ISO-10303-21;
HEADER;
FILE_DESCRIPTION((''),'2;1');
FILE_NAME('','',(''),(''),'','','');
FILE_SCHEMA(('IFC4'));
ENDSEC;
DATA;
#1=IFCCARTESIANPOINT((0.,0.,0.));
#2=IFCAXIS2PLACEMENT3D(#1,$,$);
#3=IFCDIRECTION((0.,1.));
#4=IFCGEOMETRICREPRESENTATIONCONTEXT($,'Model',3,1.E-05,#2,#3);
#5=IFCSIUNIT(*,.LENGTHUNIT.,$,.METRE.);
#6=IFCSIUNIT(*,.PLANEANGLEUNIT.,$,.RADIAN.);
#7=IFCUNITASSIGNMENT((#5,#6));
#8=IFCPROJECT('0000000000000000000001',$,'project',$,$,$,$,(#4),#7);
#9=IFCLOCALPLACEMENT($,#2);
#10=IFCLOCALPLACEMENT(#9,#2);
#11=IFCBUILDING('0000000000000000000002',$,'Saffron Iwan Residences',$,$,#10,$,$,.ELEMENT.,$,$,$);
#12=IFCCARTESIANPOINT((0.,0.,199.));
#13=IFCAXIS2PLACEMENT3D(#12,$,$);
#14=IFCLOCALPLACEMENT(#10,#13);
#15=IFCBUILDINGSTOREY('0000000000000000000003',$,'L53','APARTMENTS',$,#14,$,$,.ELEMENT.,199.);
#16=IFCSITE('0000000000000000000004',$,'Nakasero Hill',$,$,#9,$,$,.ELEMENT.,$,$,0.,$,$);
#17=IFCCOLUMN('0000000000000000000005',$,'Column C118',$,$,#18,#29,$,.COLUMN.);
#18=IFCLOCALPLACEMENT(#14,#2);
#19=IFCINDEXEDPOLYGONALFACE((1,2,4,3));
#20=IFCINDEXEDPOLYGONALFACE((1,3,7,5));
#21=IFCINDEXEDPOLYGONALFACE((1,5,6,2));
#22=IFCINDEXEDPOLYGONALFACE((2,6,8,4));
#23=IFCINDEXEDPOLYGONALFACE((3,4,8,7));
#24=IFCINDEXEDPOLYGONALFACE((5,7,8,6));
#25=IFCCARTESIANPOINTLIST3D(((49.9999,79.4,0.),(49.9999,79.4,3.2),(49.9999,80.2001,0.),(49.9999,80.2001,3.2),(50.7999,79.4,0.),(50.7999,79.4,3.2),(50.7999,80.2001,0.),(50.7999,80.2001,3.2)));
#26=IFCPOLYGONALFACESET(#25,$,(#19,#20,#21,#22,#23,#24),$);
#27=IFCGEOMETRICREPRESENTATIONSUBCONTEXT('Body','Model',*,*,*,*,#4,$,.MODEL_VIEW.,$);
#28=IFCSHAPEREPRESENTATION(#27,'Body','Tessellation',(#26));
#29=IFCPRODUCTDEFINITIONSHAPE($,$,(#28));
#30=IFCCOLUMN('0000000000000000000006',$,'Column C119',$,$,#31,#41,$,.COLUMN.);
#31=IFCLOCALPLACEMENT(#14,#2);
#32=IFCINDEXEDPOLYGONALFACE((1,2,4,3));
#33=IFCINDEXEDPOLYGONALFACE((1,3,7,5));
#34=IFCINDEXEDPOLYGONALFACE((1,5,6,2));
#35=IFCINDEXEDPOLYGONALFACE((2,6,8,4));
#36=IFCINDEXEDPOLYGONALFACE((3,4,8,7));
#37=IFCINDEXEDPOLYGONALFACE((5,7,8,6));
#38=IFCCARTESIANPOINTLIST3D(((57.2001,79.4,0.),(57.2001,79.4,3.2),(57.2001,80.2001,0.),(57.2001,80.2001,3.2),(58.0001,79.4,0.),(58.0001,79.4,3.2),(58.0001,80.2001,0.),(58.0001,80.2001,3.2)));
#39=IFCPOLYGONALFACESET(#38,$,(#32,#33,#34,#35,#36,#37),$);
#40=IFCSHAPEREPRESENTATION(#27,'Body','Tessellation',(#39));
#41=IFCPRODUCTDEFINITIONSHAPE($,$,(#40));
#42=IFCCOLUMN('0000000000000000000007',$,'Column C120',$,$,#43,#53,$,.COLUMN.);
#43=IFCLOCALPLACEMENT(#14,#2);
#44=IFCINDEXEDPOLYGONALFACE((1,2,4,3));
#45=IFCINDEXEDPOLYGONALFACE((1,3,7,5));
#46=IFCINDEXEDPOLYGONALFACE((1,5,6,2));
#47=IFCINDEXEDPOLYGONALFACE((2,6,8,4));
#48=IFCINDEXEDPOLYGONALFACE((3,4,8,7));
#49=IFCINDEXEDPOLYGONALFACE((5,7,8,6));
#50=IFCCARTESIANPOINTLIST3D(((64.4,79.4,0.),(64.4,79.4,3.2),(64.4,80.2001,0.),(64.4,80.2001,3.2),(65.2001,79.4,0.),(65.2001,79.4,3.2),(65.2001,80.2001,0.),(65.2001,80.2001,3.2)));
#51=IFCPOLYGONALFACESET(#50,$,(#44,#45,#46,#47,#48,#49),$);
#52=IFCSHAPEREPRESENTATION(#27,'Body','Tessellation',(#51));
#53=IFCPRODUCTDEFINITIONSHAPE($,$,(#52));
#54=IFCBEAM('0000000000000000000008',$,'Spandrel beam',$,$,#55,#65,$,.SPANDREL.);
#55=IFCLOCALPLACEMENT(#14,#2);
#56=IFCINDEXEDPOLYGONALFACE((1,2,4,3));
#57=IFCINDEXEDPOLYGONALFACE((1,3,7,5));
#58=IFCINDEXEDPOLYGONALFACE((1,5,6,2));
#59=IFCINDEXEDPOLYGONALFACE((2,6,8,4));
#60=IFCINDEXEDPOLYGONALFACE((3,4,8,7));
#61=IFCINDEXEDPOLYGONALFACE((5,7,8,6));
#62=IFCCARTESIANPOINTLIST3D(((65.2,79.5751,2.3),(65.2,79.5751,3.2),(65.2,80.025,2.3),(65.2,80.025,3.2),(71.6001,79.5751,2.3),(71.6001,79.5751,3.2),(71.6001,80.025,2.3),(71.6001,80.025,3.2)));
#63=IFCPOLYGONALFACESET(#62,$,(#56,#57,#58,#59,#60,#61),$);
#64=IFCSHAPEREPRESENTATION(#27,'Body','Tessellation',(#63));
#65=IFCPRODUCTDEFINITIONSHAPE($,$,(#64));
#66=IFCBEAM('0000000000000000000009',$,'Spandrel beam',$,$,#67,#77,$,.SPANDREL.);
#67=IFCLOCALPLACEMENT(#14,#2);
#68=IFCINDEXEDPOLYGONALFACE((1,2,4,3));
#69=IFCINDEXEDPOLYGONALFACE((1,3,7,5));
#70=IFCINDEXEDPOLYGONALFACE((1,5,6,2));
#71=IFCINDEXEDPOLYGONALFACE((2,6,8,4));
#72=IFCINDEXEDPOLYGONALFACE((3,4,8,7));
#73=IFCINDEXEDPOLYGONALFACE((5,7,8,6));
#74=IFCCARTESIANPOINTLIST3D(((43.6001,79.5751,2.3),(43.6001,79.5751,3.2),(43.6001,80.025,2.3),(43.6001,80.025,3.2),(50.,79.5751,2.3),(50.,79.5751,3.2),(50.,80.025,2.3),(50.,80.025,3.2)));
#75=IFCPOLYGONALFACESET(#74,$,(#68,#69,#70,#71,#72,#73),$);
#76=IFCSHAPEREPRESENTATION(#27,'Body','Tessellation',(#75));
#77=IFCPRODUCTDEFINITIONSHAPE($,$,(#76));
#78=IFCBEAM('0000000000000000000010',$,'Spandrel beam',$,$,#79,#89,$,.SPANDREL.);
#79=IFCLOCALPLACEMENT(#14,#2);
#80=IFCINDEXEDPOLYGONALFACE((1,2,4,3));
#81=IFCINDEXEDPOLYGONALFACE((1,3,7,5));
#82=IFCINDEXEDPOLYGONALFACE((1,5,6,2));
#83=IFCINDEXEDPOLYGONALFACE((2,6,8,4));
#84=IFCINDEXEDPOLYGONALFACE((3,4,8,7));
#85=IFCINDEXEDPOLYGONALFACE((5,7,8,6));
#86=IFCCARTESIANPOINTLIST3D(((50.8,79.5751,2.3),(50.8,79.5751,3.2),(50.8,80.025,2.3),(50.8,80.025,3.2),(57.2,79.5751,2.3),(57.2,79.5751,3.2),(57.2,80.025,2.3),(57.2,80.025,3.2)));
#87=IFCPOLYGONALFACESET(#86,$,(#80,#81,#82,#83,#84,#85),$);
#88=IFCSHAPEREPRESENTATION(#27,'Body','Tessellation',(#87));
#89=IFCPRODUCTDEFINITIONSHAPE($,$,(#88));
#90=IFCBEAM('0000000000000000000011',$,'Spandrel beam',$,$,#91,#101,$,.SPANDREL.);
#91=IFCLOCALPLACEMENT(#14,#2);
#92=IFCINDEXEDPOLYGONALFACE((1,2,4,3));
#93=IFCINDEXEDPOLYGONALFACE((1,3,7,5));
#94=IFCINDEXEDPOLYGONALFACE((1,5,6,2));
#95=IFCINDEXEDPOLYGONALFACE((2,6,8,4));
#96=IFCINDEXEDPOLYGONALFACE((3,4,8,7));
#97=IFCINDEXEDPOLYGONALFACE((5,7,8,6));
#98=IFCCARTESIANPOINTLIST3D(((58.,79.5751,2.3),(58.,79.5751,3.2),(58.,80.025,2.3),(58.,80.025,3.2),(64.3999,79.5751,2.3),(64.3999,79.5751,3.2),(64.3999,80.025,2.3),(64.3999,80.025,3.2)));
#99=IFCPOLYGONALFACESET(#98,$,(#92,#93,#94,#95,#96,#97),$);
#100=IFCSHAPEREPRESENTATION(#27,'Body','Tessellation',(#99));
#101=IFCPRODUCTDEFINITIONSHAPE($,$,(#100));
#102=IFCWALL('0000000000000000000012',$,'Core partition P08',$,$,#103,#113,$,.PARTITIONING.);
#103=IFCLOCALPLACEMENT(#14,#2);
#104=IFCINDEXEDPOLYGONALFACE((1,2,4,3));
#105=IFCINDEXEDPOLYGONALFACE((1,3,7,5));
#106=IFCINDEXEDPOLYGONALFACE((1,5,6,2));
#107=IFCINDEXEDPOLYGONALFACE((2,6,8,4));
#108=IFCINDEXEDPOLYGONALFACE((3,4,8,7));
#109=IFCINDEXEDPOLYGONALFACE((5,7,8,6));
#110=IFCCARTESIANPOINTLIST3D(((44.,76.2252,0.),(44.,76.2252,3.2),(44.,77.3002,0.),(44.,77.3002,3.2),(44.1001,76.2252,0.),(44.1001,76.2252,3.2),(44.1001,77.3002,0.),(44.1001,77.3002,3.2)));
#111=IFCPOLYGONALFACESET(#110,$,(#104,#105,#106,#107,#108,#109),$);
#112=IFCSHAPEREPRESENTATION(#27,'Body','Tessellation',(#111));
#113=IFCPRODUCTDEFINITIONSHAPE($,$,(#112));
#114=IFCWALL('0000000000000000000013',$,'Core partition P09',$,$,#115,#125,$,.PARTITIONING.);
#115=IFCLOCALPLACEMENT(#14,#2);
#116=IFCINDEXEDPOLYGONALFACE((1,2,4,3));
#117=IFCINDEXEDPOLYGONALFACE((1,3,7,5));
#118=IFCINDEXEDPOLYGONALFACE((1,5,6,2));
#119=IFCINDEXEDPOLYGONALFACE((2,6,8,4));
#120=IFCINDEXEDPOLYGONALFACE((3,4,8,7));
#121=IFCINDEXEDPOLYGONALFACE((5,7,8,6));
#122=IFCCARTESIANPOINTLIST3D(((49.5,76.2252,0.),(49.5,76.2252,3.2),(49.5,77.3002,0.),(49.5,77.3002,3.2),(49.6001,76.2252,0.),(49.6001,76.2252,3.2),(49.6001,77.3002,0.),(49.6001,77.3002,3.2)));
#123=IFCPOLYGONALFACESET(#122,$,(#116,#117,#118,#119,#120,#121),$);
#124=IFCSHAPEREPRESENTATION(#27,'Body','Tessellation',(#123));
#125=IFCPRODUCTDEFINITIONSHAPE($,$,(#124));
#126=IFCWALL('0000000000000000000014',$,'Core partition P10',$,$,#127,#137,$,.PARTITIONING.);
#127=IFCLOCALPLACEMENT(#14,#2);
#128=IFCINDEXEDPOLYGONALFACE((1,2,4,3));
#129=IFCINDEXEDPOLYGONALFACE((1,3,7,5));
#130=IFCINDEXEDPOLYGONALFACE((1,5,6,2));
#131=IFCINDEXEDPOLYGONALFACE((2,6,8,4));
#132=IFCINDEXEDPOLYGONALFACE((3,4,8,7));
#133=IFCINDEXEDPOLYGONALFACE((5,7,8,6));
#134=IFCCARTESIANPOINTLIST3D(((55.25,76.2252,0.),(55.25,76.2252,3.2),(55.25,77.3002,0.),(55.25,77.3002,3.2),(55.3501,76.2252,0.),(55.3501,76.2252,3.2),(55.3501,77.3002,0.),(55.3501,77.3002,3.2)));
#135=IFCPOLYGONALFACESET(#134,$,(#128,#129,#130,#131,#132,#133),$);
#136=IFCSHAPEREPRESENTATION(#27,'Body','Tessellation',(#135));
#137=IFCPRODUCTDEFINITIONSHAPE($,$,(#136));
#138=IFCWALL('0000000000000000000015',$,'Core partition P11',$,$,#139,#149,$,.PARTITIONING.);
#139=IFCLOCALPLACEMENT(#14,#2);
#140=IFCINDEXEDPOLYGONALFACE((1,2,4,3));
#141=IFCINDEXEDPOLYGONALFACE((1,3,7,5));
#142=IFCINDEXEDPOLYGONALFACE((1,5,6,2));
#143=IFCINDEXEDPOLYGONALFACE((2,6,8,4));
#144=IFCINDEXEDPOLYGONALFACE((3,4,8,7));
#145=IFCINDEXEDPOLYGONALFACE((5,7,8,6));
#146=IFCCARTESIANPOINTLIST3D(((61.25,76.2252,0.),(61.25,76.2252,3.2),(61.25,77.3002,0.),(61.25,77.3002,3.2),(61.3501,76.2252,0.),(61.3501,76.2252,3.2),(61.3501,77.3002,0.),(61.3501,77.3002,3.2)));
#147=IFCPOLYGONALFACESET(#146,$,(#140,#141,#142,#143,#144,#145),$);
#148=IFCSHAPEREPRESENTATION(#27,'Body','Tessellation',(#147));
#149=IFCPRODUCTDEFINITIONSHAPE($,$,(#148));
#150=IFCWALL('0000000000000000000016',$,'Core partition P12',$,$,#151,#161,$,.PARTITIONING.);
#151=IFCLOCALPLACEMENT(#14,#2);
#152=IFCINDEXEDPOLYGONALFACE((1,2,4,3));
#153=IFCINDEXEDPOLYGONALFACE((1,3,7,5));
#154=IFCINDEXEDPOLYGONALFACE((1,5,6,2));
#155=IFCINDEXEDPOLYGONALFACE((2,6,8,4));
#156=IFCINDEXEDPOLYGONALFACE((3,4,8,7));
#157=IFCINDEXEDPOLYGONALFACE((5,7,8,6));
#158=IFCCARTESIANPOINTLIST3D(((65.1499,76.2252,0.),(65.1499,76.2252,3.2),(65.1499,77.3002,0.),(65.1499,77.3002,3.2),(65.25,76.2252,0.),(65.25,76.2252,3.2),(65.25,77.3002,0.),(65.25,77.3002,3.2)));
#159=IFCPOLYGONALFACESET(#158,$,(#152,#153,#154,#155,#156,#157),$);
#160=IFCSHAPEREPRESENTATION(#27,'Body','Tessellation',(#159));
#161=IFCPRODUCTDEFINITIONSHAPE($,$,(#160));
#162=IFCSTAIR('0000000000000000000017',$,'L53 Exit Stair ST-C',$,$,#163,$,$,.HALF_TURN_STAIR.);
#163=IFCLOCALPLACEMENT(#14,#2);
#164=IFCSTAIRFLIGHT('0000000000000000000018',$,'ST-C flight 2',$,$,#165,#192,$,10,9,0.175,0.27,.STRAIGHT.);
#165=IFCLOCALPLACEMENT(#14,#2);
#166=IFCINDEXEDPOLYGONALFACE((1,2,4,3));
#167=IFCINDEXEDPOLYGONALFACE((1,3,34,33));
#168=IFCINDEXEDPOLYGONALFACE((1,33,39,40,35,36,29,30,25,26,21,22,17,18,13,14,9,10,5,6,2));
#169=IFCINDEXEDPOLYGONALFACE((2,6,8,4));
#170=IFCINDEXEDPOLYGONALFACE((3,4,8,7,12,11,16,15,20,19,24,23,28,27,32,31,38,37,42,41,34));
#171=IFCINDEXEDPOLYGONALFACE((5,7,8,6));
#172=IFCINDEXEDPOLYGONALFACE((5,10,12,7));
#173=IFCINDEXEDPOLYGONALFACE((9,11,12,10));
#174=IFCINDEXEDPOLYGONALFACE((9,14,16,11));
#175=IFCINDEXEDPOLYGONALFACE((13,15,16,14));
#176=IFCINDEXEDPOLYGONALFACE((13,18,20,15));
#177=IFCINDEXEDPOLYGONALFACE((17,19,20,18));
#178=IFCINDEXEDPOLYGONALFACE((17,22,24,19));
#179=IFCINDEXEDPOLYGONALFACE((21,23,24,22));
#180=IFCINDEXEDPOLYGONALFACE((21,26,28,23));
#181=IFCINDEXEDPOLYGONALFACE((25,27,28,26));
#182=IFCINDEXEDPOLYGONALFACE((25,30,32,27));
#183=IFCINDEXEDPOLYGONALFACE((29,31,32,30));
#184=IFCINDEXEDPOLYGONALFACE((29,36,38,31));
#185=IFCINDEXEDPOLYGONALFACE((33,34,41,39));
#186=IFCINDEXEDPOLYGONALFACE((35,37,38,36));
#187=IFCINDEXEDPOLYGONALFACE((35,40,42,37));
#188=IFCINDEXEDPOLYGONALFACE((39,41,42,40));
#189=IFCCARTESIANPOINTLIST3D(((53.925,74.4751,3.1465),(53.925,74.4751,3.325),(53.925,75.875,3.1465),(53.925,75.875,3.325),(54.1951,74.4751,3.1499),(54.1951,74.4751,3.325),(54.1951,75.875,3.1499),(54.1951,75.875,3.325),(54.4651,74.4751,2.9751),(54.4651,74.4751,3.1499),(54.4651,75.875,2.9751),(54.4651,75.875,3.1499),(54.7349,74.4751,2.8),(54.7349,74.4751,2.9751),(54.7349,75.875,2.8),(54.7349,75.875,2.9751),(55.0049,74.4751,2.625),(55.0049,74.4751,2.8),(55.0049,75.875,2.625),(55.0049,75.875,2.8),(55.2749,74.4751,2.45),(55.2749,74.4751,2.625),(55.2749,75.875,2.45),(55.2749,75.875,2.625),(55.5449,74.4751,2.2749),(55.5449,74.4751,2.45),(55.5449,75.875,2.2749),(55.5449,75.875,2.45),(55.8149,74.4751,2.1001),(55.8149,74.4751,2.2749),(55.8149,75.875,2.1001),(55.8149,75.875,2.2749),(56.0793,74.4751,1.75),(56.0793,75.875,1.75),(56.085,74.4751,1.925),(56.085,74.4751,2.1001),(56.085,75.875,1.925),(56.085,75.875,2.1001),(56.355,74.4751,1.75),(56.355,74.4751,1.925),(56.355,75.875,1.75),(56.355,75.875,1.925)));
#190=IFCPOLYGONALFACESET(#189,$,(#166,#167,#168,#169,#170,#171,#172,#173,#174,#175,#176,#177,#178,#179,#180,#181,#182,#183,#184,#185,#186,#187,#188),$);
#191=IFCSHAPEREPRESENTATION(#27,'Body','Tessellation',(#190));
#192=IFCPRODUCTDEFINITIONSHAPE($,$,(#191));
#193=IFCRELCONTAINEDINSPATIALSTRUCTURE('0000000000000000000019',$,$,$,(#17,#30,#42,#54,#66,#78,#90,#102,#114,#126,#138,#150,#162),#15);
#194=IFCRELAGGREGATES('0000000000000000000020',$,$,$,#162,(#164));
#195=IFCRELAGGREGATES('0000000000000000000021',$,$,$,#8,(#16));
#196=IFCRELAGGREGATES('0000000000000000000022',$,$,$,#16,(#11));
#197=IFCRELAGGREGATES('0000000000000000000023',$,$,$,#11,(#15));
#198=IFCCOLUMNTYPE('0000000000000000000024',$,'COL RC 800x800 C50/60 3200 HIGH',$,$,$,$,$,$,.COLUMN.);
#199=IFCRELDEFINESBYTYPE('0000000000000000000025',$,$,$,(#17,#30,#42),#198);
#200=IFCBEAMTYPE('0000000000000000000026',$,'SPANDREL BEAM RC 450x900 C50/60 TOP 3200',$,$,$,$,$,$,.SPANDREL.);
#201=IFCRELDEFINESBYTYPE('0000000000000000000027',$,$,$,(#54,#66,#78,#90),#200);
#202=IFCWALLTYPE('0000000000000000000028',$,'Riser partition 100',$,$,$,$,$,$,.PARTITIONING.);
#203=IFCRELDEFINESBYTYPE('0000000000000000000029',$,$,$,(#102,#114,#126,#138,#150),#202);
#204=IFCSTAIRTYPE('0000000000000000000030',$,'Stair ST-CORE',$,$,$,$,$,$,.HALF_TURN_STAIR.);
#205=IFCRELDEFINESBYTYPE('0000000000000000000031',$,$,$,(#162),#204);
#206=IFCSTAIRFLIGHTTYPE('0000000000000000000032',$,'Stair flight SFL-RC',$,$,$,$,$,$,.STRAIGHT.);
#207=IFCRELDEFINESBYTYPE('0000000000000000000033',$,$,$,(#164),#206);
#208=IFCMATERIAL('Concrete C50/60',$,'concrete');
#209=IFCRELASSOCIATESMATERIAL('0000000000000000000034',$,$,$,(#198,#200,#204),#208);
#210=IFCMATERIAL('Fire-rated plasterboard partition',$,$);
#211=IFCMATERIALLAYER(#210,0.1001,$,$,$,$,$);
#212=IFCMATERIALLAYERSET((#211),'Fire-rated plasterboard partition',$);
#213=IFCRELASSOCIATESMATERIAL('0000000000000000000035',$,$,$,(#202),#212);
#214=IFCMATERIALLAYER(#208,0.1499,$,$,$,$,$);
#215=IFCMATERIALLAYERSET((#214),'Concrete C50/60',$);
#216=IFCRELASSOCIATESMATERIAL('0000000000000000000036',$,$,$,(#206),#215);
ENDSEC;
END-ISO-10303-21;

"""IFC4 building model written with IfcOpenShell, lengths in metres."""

from ifc_helpers import new_model, si_unit, direction, frame, frame_2d, origin, origin_2d, place, context, subcontext, project, spatial, polyline, rectangle, outline, extrude, source, transform, mapped, material, layer, layer_set, material_profile, profile_set, type_object, element, aggregate, save


model = new_model("IFC4")

# Units and contexts
model_context = context("Model", 3, precision=1e-05, world=origin(), true_north=direction((0.0, 1.0)))
body_context = subcontext(model_context, "Body", "Model", "MODEL_VIEW")
ifc_project = project(units=[si_unit("LENGTHUNIT", "METRE"), si_unit("PLANEANGLEUNIT", "RADIAN")], contexts=[model_context])

# Site, building, storey
site_placement = place(None, origin())
site = spatial("IfcSite", under=ifc_project, at=site_placement, Name="Nakasero Hill", CompositionType="ELEMENT", RefElevation=0.0)
building_placement = place(site_placement, origin())
building = spatial("IfcBuilding", under=site, at=building_placement, Name="Saffron Iwan Residences", CompositionType="ELEMENT")
storey_placement = place(building_placement, frame((0.0, 0.0, 199.0)))
storey = spatial("IfcBuildingStorey", under=building, at=storey_placement, Name="L53", Description="APARTMENTS", CompositionType="ELEMENT", Elevation=199.0)

# Columns
ifc_material_1 = material(Name="Concrete C50/60", Category="concrete")
ifc_material_profile_1 = material_profile(ifc_material_1, rectangle(XDim=0.8, YDim=0.8, at=origin_2d()), Name="RC 800x800")
ifc_profile_set_1 = profile_set([ifc_material_profile_1], Name="Concrete C50/60")
column_type = type_object("IfcColumnType", Name="COL RC 800x800 C50/60 3200 HIGH", PredefinedType="COLUMN", material=ifc_profile_set_1)
shared_shape_1 = source(origin(), body_context, "Body", "SweptSolid", [
    extrude(rectangle(XDim=0.8, YDim=0.8, at=origin_2d()), origin(), (0.0, 0.0, 1.0), 3.2),
])
for number, where, z_axis, x_axis, name in (
    (1, (50.3999, 79.8, 0.0), (0.0, 0.0, 1.0), (1.0, 0.0, 0.0), "Column C118"),
    (2, (57.6001, 79.8, 0.0), (0.0, 0.0, 1.0), (1.0, 0.0, 0.0), "Column C119"),
    (3, (64.8, 79.8, 0.0), (0.0, 0.0, 1.0), (1.0, 0.0, 0.0), "Column C120"),
):
    element("IfcColumn", number, at=place(storey_placement, frame(where, z_axis=z_axis, x_axis=x_axis)), inside=storey, type_object=column_type, Name=name, PredefinedType="COLUMN", context=body_context, shape_type="MappedRepresentation", body=[
        mapped(shared_shape_1, transform((0.0, 0.0, 0.0))),
    ])

# Beams
ifc_material_profile_2 = material_profile(ifc_material_1, rectangle(XDim=0.45, YDim=0.8999, at=origin_2d()), Name="RC 450x900")
ifc_profile_set_2 = profile_set([ifc_material_profile_2], Name="Concrete C50/60")
beam_type = type_object("IfcBeamType", Name="SPANDREL BEAM RC 450x900 C50/60 TOP 3200", PredefinedType="SPANDREL", material=ifc_profile_set_2)
shared_shape_2 = source(origin(), body_context, "Body", "SweptSolid", [
    extrude(rectangle(XDim=0.45, YDim=0.8999, at=origin_2d()), origin(), (0.0, 0.0, 1.0), 6.4001),
])
beam_placement = place(storey_placement, frame((65.2, 79.8, 2.75), z_axis=(1.0, 0.0, 0.0), x_axis=(0.0, 1.0, 0.0)))
element("IfcBeam", 4, at=beam_placement, inside=storey, type_object=beam_type, Name="Spandrel beam", PredefinedType="SPANDREL", context=body_context, shape_type="MappedRepresentation", body=[
    mapped(shared_shape_2, transform((0.0, 0.0, 0.0))),
])
shared_shape_3 = source(origin(), body_context, "Body", "SweptSolid", [
    extrude(rectangle(XDim=0.45, YDim=0.8999, at=origin_2d()), origin(), (0.0, 0.0, 1.0), 6.3999),
])
for number, where, z_axis, x_axis, name in (
    (5, (43.6001, 79.8, 2.75), (1.0, 0.0, 0.0), (0.0, 1.0, 0.0), "Spandrel beam"),
    (6, (50.8, 79.8, 2.75), (1.0, 0.0, 0.0), (0.0, 1.0, 0.0), "Spandrel beam"),
    (7, (58.0, 79.8, 2.75), (1.0, 0.0, 0.0), (0.0, 1.0, 0.0), "Spandrel beam"),
):
    element("IfcBeam", number, at=place(storey_placement, frame(where, z_axis=z_axis, x_axis=x_axis)), inside=storey, type_object=beam_type, Name=name, PredefinedType="SPANDREL", context=body_context, shape_type="MappedRepresentation", body=[
        mapped(shared_shape_3, transform((0.0, 0.0, 0.0))),
    ])

# Walls
ifc_material_2 = material(Name="Fire-rated plasterboard partition")
ifc_layer_1 = layer(ifc_material_2, 0.1001)
ifc_layer_set_1 = layer_set([ifc_layer_1], Name="Fire-rated plasterboard partition")
wall_type = type_object("IfcWallType", Name="Riser partition 100", PredefinedType="PARTITIONING", material=ifc_layer_set_1)
for number, where, z_axis, x_axis, name in (
    (8, (44.05, 76.2251, 0.0), (0.0, 0.0, 1.0), (0.0, 1.0, 0.0), "Core partition P08"),
    (9, (49.55, 76.2251, 0.0), (0.0, 0.0, 1.0), (0.0, 1.0, 0.0), "Core partition P09"),
    (10, (55.3, 76.2251, 0.0), (0.0, 0.0, 1.0), (0.0, 1.0, 0.0), "Core partition P10"),
    (11, (61.3, 76.2251, 0.0), (0.0, 0.0, 1.0), (0.0, 1.0, 0.0), "Core partition P11"),
    (12, (65.2, 76.2251, 0.0), (0.0, 0.0, 1.0), (0.0, 1.0, 0.0), "Core partition P12"),
):
    element("IfcWall", number, at=place(storey_placement, frame(where, z_axis=z_axis, x_axis=x_axis)), inside=storey, type_object=wall_type, Name=name, PredefinedType="PARTITIONING", context=body_context, shape_type="SweptSolid", body=[
        extrude(rectangle(XDim=1.075, YDim=0.1001, at=frame_2d((0.5376, 0.0))), origin(), (0.0, 0.0, 1.0), 3.2),
    ])

# Stair, stair flight
stair_type = type_object("IfcStairType", Name="Stair ST-CORE", PredefinedType="HALF_TURN_STAIR", material=ifc_material_1)
stair_placement = place(storey_placement, origin())
stair = element("IfcStair", 13, at=stair_placement, inside=storey, type_object=stair_type, Name="L53 Exit Stair ST-C", PredefinedType="HALF_TURN_STAIR")
ifc_layer_2 = layer(ifc_material_1, 0.1499)
ifc_layer_set_2 = layer_set([ifc_layer_2], Name="Concrete C50/60")
stair_flight_type = type_object("IfcStairFlightType", Name="Stair flight SFL-RC", PredefinedType="STRAIGHT", material=ifc_layer_set_2)
stair_flight_placement = place(storey_placement, frame((56.355, 75.175, 1.75), z_axis=(0.0, 0.0, 1.0), x_axis=(-1.0, 0.0, 0.0)))
stair_flight = element("IfcStairFlight", 14, at=stair_flight_placement, type_object=stair_flight_type, Name="ST-C flight 2", NumberOfRisers=10, NumberOfTreads=9, PredefinedType="STRAIGHT", RiserHeight=0.175, TreadLength=0.27, context=body_context, shape_type="SweptSolid", body=[
    extrude(outline(polyline([(0.0, 0.0), (0.0, 0.175), (0.27, 0.175), (0.27, 0.3501), (0.54, 0.3501), (0.54, 0.5249), (0.8101, 0.5249), (0.8101, 0.7), (1.0801, 0.7), (1.0801, 0.875), (1.3501, 0.875), (1.3501, 1.05), (1.6201, 1.05), (1.6201, 1.2251), (1.8899, 1.2251), (1.8899, 1.3999), (2.1599, 1.3999), (2.1599, 1.575), (2.4299, 1.575), (2.4299, 1.75), (2.4299, 1.3965), (0.2756, 0.0), (0.0, 0.0)])), frame((0.0, 0.7, 0.0), z_axis=(0.0, -1.0, 0.0), x_axis=(1.0, 0.0, 0.0)), (0.0, 0.0, 1.0), 1.3999),
])
aggregate(stair, [stair_flight])

save(model, "model.ifc")
